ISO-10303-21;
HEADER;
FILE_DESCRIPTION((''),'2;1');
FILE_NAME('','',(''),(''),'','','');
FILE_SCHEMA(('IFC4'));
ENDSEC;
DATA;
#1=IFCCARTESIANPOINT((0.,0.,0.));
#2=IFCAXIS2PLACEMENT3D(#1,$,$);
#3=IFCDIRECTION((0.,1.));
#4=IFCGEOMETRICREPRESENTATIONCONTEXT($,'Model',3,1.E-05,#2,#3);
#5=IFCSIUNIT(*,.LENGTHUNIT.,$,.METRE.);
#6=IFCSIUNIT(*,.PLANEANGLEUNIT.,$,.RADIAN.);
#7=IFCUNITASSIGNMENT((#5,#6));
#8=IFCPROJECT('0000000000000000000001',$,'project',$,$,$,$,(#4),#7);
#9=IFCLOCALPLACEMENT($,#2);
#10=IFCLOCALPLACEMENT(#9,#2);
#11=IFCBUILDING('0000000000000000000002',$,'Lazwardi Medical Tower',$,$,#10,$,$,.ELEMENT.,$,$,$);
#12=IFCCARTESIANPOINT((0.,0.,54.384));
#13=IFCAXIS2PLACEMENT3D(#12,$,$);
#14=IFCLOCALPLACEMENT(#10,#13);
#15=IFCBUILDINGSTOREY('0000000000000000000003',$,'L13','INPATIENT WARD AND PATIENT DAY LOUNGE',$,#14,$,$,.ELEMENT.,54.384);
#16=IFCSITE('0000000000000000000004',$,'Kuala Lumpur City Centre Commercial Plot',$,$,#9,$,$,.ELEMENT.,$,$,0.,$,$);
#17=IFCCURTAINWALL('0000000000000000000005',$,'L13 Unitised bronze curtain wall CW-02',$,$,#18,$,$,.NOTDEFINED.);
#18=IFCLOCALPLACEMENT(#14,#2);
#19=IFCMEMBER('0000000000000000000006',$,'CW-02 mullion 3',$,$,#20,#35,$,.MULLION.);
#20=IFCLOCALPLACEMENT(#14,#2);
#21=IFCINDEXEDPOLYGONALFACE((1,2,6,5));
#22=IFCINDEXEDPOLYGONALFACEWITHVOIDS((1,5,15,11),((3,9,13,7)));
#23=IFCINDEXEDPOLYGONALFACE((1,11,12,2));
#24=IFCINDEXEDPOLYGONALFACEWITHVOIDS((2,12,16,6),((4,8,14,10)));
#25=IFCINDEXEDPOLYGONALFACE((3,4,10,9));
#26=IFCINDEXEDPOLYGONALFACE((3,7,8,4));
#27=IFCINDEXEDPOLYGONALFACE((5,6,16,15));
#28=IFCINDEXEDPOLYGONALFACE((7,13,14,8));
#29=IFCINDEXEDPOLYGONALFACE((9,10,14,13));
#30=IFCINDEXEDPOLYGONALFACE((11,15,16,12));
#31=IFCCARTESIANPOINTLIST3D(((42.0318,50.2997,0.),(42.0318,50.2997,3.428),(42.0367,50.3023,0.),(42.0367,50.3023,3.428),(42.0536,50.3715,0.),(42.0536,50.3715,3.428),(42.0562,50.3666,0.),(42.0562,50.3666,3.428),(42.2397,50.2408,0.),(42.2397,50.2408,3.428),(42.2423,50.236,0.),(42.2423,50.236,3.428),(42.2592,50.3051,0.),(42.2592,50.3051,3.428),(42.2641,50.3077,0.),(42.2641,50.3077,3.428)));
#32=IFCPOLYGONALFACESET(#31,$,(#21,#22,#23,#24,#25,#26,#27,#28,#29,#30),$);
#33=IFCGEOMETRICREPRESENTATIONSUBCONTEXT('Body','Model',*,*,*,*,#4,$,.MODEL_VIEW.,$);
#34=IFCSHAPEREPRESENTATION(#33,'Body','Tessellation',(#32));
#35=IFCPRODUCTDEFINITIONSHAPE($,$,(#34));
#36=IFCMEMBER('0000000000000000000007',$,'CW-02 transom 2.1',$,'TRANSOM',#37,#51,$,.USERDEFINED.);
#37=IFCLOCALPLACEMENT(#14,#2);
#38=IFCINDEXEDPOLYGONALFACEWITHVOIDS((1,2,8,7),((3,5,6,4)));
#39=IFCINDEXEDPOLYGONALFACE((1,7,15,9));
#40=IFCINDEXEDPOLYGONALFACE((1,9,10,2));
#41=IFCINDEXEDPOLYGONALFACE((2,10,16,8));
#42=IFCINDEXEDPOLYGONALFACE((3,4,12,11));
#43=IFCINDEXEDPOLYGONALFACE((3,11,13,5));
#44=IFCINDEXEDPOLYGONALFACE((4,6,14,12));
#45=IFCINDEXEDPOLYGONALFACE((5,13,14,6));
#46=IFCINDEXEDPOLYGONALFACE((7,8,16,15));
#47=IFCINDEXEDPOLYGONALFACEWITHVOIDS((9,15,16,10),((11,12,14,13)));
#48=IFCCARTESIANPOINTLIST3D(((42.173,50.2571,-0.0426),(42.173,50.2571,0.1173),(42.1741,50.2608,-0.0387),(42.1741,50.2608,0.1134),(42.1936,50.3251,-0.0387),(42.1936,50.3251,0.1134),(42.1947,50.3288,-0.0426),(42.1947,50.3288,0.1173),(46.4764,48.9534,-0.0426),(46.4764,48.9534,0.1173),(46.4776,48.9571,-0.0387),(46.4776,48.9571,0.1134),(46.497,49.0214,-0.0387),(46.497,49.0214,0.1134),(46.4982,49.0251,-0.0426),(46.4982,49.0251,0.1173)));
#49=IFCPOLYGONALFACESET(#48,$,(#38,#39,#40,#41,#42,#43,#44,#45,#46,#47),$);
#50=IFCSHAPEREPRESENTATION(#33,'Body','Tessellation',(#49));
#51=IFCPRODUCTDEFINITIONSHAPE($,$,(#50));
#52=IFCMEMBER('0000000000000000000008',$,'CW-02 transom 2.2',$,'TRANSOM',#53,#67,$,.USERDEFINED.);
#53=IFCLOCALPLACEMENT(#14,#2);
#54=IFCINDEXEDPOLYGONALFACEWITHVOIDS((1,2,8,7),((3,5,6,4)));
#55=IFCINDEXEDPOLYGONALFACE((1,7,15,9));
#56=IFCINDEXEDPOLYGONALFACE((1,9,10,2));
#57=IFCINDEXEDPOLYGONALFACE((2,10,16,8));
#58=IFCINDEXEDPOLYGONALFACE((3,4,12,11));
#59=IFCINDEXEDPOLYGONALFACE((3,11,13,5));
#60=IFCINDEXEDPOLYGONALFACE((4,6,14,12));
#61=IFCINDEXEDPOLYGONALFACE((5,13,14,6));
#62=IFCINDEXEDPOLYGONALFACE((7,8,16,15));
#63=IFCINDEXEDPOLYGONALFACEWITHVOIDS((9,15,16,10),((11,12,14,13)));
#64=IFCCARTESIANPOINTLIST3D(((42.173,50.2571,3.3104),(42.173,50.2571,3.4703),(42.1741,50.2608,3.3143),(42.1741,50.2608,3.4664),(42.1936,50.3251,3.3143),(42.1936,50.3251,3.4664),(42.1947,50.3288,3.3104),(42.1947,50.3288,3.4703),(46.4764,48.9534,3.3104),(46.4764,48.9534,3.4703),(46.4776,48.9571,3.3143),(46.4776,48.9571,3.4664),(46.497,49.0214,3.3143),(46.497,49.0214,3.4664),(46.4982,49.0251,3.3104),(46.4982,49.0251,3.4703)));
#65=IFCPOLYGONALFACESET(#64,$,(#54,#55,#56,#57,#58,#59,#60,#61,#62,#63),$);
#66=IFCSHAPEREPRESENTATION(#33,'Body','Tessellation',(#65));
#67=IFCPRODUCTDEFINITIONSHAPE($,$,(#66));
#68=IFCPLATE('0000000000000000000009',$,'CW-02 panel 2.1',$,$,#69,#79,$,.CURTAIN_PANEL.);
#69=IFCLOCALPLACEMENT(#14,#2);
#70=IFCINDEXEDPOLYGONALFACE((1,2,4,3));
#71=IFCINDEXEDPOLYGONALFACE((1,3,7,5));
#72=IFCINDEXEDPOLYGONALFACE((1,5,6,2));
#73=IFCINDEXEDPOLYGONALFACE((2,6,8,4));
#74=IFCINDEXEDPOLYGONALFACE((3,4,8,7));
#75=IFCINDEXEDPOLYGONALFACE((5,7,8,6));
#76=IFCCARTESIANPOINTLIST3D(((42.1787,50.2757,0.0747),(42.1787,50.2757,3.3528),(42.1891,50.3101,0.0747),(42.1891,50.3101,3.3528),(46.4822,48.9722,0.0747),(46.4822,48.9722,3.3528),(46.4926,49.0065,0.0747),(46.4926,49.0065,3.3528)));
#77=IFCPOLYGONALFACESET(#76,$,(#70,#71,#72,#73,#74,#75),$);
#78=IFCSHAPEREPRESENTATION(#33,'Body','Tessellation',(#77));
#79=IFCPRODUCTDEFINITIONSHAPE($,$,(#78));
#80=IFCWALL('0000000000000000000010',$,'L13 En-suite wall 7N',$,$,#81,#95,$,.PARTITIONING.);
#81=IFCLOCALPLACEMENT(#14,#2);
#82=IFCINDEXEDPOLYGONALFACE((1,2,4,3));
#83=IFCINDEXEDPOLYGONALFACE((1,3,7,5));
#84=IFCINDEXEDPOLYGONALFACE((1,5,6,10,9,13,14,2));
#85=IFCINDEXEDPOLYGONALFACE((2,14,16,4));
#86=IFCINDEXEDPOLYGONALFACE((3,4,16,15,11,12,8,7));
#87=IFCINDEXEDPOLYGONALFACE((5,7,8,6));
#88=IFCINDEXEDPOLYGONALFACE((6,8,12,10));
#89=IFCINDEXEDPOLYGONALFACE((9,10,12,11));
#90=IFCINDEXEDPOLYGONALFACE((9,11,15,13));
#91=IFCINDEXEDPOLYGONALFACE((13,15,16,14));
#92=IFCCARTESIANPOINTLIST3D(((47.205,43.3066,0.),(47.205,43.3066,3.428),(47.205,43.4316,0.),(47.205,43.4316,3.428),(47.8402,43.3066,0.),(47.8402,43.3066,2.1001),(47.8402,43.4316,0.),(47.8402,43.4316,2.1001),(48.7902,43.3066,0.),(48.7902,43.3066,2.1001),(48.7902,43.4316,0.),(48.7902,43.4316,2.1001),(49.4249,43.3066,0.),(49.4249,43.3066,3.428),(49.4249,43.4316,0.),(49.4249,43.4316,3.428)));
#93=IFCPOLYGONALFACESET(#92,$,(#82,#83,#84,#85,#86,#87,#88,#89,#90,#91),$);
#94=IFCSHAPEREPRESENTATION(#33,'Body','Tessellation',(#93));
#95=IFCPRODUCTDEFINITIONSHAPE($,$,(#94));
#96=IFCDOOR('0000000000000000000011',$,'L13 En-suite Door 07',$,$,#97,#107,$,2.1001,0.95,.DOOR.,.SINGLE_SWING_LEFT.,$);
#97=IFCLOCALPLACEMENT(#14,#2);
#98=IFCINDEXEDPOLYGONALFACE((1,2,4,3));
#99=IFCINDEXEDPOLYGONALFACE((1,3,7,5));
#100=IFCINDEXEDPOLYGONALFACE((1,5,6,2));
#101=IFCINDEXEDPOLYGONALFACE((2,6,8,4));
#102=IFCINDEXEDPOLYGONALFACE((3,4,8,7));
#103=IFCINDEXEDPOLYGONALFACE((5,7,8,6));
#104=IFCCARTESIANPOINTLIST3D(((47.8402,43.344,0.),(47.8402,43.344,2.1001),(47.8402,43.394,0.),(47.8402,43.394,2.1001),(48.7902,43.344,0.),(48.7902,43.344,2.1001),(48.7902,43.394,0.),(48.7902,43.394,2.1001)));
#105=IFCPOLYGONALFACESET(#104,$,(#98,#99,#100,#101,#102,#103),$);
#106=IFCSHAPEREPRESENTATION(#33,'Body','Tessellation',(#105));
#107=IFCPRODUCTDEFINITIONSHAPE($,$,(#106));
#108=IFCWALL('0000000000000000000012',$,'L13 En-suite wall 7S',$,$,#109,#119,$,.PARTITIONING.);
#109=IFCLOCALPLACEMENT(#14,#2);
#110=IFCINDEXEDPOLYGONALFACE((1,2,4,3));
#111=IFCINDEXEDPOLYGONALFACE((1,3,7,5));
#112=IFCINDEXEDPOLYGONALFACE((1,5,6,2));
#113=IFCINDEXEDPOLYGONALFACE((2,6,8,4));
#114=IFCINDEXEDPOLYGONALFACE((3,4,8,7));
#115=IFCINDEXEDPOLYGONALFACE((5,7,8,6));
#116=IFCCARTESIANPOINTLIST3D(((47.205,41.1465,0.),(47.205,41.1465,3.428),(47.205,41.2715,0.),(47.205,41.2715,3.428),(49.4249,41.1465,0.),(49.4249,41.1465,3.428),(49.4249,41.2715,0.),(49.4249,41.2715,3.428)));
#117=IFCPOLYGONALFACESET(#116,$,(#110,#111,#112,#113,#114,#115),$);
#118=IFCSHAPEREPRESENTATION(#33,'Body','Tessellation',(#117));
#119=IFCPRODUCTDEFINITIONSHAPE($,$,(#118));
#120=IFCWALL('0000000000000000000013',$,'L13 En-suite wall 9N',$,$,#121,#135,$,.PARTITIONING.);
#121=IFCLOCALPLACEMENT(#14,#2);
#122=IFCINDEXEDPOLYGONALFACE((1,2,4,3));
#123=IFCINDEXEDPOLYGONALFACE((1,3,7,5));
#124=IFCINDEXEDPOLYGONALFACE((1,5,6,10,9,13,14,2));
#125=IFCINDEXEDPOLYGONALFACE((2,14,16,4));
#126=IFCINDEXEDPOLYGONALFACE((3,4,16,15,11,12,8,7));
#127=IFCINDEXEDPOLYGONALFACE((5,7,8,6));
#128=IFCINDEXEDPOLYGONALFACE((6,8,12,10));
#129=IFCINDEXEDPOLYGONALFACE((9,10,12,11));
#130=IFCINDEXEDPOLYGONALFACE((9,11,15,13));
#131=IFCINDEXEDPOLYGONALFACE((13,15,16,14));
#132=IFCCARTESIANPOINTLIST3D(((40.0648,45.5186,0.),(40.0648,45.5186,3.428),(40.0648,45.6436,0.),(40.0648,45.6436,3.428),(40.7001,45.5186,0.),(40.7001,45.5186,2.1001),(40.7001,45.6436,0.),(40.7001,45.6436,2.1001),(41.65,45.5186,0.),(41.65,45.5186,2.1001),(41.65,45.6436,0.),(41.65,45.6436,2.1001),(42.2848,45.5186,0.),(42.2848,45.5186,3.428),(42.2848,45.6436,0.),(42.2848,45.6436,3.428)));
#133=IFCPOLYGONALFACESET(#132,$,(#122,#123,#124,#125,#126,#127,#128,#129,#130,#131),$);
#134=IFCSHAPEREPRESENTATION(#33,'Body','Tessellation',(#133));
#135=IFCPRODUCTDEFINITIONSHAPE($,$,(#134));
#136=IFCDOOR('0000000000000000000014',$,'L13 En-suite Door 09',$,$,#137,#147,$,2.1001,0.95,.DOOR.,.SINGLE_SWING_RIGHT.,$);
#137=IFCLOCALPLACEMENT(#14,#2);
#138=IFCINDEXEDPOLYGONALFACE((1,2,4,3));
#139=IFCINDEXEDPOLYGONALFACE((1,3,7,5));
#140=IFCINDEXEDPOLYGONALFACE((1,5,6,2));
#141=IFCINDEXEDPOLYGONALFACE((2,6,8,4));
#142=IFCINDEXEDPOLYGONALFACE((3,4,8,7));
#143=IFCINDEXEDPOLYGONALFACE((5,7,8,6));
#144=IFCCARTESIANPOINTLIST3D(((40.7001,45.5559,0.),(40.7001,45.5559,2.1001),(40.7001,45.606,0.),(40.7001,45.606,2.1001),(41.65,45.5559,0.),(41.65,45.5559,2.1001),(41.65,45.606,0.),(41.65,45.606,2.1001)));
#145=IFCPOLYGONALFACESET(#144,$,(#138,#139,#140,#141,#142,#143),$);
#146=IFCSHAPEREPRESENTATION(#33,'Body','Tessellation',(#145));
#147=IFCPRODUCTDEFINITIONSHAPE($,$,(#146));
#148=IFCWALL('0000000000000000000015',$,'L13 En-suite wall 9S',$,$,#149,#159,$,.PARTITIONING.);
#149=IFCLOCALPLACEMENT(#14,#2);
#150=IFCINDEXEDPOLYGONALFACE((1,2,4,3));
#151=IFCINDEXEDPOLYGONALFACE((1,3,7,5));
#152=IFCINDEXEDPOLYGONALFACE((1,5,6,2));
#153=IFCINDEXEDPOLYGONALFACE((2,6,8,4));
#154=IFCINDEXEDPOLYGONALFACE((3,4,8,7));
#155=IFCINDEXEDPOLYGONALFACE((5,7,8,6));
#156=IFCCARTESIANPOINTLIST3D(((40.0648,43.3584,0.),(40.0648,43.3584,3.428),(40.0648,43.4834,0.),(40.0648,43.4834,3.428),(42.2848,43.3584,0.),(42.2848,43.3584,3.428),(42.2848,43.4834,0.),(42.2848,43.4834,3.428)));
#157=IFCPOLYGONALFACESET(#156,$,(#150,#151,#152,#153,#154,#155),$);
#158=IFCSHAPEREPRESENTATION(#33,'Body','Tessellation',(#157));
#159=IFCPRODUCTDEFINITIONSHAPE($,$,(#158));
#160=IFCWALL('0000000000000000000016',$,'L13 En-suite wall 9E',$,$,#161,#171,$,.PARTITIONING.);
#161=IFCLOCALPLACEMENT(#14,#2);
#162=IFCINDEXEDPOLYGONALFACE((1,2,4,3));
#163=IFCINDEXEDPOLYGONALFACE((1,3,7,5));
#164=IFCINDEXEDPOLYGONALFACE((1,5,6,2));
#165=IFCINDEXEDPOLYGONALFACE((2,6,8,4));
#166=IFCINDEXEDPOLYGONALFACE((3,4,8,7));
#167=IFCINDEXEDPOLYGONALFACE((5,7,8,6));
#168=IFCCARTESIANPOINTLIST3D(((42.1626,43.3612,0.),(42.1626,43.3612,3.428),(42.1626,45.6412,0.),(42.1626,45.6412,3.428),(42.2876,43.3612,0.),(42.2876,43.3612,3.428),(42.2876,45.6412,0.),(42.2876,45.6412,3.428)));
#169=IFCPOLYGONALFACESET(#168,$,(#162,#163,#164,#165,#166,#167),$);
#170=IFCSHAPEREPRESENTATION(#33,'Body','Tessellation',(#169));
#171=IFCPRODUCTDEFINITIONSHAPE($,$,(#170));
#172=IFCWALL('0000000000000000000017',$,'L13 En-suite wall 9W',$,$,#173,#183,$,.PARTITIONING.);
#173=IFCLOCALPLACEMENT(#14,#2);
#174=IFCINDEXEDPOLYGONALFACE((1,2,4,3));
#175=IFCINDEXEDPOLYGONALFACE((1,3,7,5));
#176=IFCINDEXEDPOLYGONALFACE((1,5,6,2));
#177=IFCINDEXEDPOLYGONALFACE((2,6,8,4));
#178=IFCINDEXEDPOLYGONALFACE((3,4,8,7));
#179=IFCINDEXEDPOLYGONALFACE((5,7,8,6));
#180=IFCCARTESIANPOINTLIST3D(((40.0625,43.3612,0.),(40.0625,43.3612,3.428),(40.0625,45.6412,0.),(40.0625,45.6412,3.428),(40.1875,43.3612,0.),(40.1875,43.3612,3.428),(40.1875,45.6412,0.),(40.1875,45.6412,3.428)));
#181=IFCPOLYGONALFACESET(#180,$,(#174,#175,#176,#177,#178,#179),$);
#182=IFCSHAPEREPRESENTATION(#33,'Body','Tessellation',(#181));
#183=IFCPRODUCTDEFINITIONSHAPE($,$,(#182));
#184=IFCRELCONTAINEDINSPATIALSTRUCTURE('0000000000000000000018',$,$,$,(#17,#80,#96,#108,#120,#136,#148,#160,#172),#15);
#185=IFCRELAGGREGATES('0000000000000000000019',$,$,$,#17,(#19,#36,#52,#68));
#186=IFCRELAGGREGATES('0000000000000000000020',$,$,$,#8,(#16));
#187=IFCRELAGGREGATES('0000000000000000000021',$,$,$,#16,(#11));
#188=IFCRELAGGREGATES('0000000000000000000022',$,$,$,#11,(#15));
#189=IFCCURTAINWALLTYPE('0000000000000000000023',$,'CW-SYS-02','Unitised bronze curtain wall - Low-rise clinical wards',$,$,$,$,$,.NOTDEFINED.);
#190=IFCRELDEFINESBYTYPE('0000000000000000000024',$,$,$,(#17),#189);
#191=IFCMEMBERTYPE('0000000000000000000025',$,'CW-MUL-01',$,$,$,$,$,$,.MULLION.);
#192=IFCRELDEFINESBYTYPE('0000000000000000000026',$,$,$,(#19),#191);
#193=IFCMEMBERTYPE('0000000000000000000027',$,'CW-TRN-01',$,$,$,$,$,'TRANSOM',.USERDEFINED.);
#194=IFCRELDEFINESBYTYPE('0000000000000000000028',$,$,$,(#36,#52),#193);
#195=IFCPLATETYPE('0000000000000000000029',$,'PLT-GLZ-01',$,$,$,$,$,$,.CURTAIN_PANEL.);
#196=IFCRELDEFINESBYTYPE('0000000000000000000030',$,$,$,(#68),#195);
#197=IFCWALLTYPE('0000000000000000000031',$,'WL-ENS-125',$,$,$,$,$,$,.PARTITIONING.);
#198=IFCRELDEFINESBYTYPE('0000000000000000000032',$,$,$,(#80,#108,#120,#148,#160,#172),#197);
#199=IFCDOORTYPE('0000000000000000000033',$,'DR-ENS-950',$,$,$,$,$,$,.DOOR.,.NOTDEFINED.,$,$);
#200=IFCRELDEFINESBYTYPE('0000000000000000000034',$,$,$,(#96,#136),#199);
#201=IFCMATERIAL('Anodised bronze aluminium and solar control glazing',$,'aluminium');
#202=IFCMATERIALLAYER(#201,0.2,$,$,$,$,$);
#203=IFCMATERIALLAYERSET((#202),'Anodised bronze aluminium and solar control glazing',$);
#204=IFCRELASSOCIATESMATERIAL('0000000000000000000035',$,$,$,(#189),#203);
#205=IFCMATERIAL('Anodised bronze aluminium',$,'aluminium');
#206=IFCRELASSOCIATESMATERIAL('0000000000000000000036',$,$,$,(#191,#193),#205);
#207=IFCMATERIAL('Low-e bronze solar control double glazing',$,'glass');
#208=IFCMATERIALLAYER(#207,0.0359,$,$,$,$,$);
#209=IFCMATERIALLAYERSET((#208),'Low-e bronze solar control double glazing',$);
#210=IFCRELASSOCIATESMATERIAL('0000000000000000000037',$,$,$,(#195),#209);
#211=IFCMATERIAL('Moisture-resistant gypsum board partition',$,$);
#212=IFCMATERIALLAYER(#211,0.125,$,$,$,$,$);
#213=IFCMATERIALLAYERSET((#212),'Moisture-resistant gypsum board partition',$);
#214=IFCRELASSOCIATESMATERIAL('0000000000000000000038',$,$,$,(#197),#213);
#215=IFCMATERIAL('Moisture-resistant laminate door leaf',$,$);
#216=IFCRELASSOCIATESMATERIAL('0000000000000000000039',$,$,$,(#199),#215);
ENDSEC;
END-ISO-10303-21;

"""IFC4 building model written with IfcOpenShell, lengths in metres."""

from ifc_helpers import new_model, si_unit, direction, frame, frame_2d, origin, origin_2d, place, context, subcontext, project, spatial, rectangle, hollow_rectangle, extrude, material, layer, layer_set, material_profile, profile_set, type_object, element, fill, aggregate, save


model = new_model("IFC4")

# Units and contexts
model_context = context("Model", 3, precision=1e-05, world=origin(), true_north=direction((0.0, 1.0)))
body_context = subcontext(model_context, "Body", "Model", "MODEL_VIEW")
ifc_project = project(units=[si_unit("LENGTHUNIT", "METRE"), si_unit("PLANEANGLEUNIT", "RADIAN")], contexts=[model_context])

# Site, building, storey
site_placement = place(None, origin())
site = spatial("IfcSite", under=ifc_project, at=site_placement, Name="Kuala Lumpur City Centre Commercial Plot", CompositionType="ELEMENT", RefElevation=0.0)
building_placement = place(site_placement, origin())
building = spatial("IfcBuilding", under=site, at=building_placement, Name="Lazwardi Medical Tower", CompositionType="ELEMENT")
storey_placement = place(building_placement, frame((0.0, 0.0, 54.384)))
storey = spatial("IfcBuildingStorey", under=building, at=storey_placement, Name="L13", Description="INPATIENT WARD AND PATIENT DAY LOUNGE", CompositionType="ELEMENT", Elevation=54.384)

# Curtain wall, members, plate
ifc_material_1 = material(Name="Anodised bronze aluminium and solar control glazing", Category="aluminium")
ifc_layer_1 = layer(ifc_material_1, 0.2)
ifc_layer_set_1 = layer_set([ifc_layer_1], Name="Anodised bronze aluminium and solar control glazing")
curtain_wall_type = type_object("IfcCurtainWallType", Name="CW-SYS-02", Description="Unitised bronze curtain wall - Low-rise clinical wards", PredefinedType="NOTDEFINED", material=ifc_layer_set_1)
curtain_wall_placement = place(storey_placement, origin())
curtain_wall = element("IfcCurtainWall", 1, at=curtain_wall_placement, inside=storey, type_object=curtain_wall_type, Name="L13 Unitised bronze curtain wall CW-02", PredefinedType="NOTDEFINED")
ifc_material_2 = material(Name="Anodised bronze aluminium", Category="aluminium")
ifc_material_profile_1 = material_profile(ifc_material_2, hollow_rectangle(XDim=0.075, YDim=0.22, WallThickness=0.0039, at=origin_2d()), Name="ALU-MULLION 220x75x4")
ifc_profile_set_1 = profile_set([ifc_material_profile_1], Name="Anodised bronze aluminium")
member_type_1 = type_object("IfcMemberType", Name="CW-MUL-01", PredefinedType="MULLION", material=ifc_profile_set_1)
member_1_placement = place(storey_placement, frame((42.1479, 50.3037, 0.0), z_axis=(0.0, 0.0, 1.0), x_axis=(-0.289896, -0.957058, 0.0)))
member_1 = element("IfcMember", 2, at=member_1_placement, type_object=member_type_1, Name="CW-02 mullion 3", PredefinedType="MULLION", context=body_context, shape_type="SweptSolid", body=[
    extrude(hollow_rectangle(XDim=0.075, YDim=0.22, WallThickness=0.0039, at=origin_2d()), origin(), (0.0, 0.0, 1.0), 3.428),
])
ifc_material_profile_2 = material_profile(ifc_material_2, hollow_rectangle(XDim=0.075, YDim=0.1599, WallThickness=0.0039, at=origin_2d()), Name="ALU-TRANSOM 160x75x4")
ifc_profile_set_2 = profile_set([ifc_material_profile_2], Name="Anodised bronze aluminium")
member_type_2 = type_object("IfcMemberType", Name="CW-TRN-01", ElementType="TRANSOM", PredefinedType="USERDEFINED", material=ifc_profile_set_2)
member_2_placement = place(storey_placement, frame((46.4873, 48.9893, 0.0374), z_axis=(-0.957047, 0.289932, 0.0), x_axis=(-0.289932, -0.957047, 0.0)))
member_2 = element("IfcMember", 3, at=member_2_placement, type_object=member_type_2, Name="CW-02 transom 2.1", ObjectType="TRANSOM", PredefinedType="USERDEFINED", context=body_context, shape_type="SweptSolid", body=[
    extrude(hollow_rectangle(XDim=0.075, YDim=0.1599, WallThickness=0.0039, at=origin_2d()), origin(), (0.0, 0.0, 1.0), 4.4966),
])
member_3_placement = place(storey_placement, frame((46.4873, 48.9893, 3.3904), z_axis=(-0.957047, 0.289932, 0.0), x_axis=(-0.289932, -0.957047, 0.0)))
member_3 = element("IfcMember", 4, at=member_3_placement, type_object=member_type_2, Name="CW-02 transom 2.2", ObjectType="TRANSOM", PredefinedType="USERDEFINED", context=body_context, shape_type="SweptSolid", body=[
    extrude(hollow_rectangle(XDim=0.075, YDim=0.1599, WallThickness=0.0039, at=origin_2d()), origin(), (0.0, 0.0, 1.0), 4.4966),
])
ifc_material_3 = material(Name="Low-e bronze solar control double glazing", Category="glass")
ifc_layer_2 = layer(ifc_material_3, 0.0359)
ifc_layer_set_2 = layer_set([ifc_layer_2], Name="Low-e bronze solar control double glazing")
plate_type = type_object("IfcPlateType", Name="PLT-GLZ-01", PredefinedType="CURTAIN_PANEL", material=ifc_layer_set_2)
plate_placement = place(storey_placement, frame((44.3357, 49.6411, 0.0747), z_axis=(0.0, 0.0, 1.0), x_axis=(-0.957058, 0.289896, 0.0)))
plate = element("IfcPlate", 5, at=plate_placement, type_object=plate_type, Name="CW-02 panel 2.1", PredefinedType="CURTAIN_PANEL", context=body_context, shape_type="SweptSolid", body=[
    extrude(rectangle(XDim=4.4966, YDim=0.0359, at=origin_2d()), origin(), (0.0, 0.0, 1.0), 3.2781),
])
aggregate(curtain_wall, [member_1, member_2, member_3, plate])

# Wall, opening, door
ifc_material_4 = material(Name="Moisture-resistant gypsum board partition")
ifc_layer_3 = layer(ifc_material_4, 0.125)
ifc_layer_set_3 = layer_set([ifc_layer_3], Name="Moisture-resistant gypsum board partition")
wall_type_1 = type_object("IfcWallType", Name="WL-ENS-125", PredefinedType="PARTITIONING", material=ifc_layer_set_3)
wall_1_placement = place(storey_placement, frame((47.2051, 43.3691, 0.0), z_axis=(0.0, 0.0, 1.0), x_axis=(1.0, 0.0, 0.0)))
wall_1 = element("IfcWall", 6, at=wall_1_placement, inside=storey, type_object=wall_type_1, Name="L13 En-suite wall 7N", PredefinedType="PARTITIONING", context=body_context, shape_type="SweptSolid", body=[
    extrude(rectangle(XDim=2.22, YDim=0.125, at=frame_2d((1.1099, 0.0))), origin(), (0.0, 0.0, 1.0), 3.428),
])
opening_1_placement = place(wall_1_placement, frame((0.635, 0.0, 0.0)))
opening_1 = element("IfcOpeningElement", 7, at=opening_1_placement, cuts=wall_1, PredefinedType="OPENING", context=body_context, shape_type="SweptSolid", body=[
    extrude(rectangle(XDim=0.95, YDim=2.1001, at=frame_2d((0.4751, 1.05))), frame((0.0, 0.0725, 0.0), z_axis=(0.0, -1.0, 0.0), x_axis=(1.0, 0.0, 0.0)), (0.0, 0.0, 1.0), 0.145),
])
ifc_material_5 = material(Name="Moisture-resistant laminate door leaf")
door_type = type_object("IfcDoorType", Name="DR-ENS-950", OperationType="NOTDEFINED", PredefinedType="DOOR", material=ifc_material_5)
door_1_placement = place(opening_1_placement, origin())
door_1 = element("IfcDoor", 8, at=door_1_placement, inside=storey, type_object=door_type, Name="L13 En-suite Door 07", OperationType="SINGLE_SWING_LEFT", OverallHeight=2.1001, OverallWidth=0.95, PredefinedType="DOOR", context=body_context, shape_type="SweptSolid", body=[
    extrude(rectangle(XDim=0.95, YDim=2.1001, at=frame_2d((0.4751, 1.05))), frame((0.0, 0.0249, 0.0), z_axis=(0.0, -1.0, 0.0), x_axis=(1.0, 0.0, 0.0)), (0.0, 0.0, 1.0), 0.05),
])
fill(opening_1, door_1)

# Wall
wall_2_placement = place(storey_placement, frame((47.2051, 41.209, 0.0), z_axis=(0.0, 0.0, 1.0), x_axis=(1.0, 0.0, 0.0)))
element("IfcWall", 9, at=wall_2_placement, inside=storey, type_object=wall_type_1, Name="L13 En-suite wall 7S", PredefinedType="PARTITIONING", context=body_context, shape_type="SweptSolid", body=[
    extrude(rectangle(XDim=2.22, YDim=0.125, at=frame_2d((1.1099, 0.0))), origin(), (0.0, 0.0, 1.0), 3.428),
])

# Wall, opening, door
wall_3_placement = place(storey_placement, frame((40.0649, 45.5811, 0.0), z_axis=(0.0, 0.0, 1.0), x_axis=(1.0, 0.0, 0.0)))
wall_3 = element("IfcWall", 10, at=wall_3_placement, inside=storey, type_object=wall_type_1, Name="L13 En-suite wall 9N", PredefinedType="PARTITIONING", context=body_context, shape_type="SweptSolid", body=[
    extrude(rectangle(XDim=2.22, YDim=0.125, at=frame_2d((1.1099, 0.0))), origin(), (0.0, 0.0, 1.0), 3.428),
])
opening_2_placement = place(wall_3_placement, frame((0.635, 0.0, 0.0)))
opening_2 = element("IfcOpeningElement", 11, at=opening_2_placement, cuts=wall_3, PredefinedType="OPENING", context=body_context, shape_type="SweptSolid", body=[
    extrude(rectangle(XDim=0.95, YDim=2.1001, at=frame_2d((0.4751, 1.05))), frame((0.0, 0.0725, 0.0), z_axis=(0.0, -1.0, 0.0), x_axis=(1.0, 0.0, 0.0)), (0.0, 0.0, 1.0), 0.145),
])
door_2_placement = place(opening_2_placement, origin())
door_2 = element("IfcDoor", 12, at=door_2_placement, inside=storey, type_object=door_type, Name="L13 En-suite Door 09", OperationType="SINGLE_SWING_RIGHT", OverallHeight=2.1001, OverallWidth=0.95, PredefinedType="DOOR", context=body_context, shape_type="SweptSolid", body=[
    extrude(rectangle(XDim=0.95, YDim=2.1001, at=frame_2d((0.4751, 1.05))), frame((0.0, 0.0249, 0.0), z_axis=(0.0, -1.0, 0.0), x_axis=(1.0, 0.0, 0.0)), (0.0, 0.0, 1.0), 0.05),
])
fill(opening_2, door_2)

# Walls
wall_4_placement = place(storey_placement, frame((40.0649, 43.4209, 0.0), z_axis=(0.0, 0.0, 1.0), x_axis=(1.0, 0.0, 0.0)))
element("IfcWall", 13, at=wall_4_placement, inside=storey, type_object=wall_type_1, Name="L13 En-suite wall 9S", PredefinedType="PARTITIONING", context=body_context, shape_type="SweptSolid", body=[
    extrude(rectangle(XDim=2.22, YDim=0.125, at=frame_2d((1.1099, 0.0))), origin(), (0.0, 0.0, 1.0), 3.428),
])
for number, where, z_axis, x_axis, name in (
    (14, (42.2251, 43.3611, 0.0), (0.0, 0.0, 1.0), (0.0, 1.0, 0.0), "L13 En-suite wall 9E"),
    (15, (40.125, 43.3611, 0.0), (0.0, 0.0, 1.0), (0.0, 1.0, 0.0), "L13 En-suite wall 9W"),
):
    element("IfcWall", number, at=place(storey_placement, frame(where, z_axis=z_axis, x_axis=x_axis)), inside=storey, type_object=wall_type_1, Name=name, PredefinedType="PARTITIONING", context=body_context, shape_type="SweptSolid", body=[
        extrude(rectangle(XDim=2.28, YDim=0.125, at=frame_2d((1.1401, 0.0))), origin(), (0.0, 0.0, 1.0), 3.428),
    ])

save(model, "model.ifc")
